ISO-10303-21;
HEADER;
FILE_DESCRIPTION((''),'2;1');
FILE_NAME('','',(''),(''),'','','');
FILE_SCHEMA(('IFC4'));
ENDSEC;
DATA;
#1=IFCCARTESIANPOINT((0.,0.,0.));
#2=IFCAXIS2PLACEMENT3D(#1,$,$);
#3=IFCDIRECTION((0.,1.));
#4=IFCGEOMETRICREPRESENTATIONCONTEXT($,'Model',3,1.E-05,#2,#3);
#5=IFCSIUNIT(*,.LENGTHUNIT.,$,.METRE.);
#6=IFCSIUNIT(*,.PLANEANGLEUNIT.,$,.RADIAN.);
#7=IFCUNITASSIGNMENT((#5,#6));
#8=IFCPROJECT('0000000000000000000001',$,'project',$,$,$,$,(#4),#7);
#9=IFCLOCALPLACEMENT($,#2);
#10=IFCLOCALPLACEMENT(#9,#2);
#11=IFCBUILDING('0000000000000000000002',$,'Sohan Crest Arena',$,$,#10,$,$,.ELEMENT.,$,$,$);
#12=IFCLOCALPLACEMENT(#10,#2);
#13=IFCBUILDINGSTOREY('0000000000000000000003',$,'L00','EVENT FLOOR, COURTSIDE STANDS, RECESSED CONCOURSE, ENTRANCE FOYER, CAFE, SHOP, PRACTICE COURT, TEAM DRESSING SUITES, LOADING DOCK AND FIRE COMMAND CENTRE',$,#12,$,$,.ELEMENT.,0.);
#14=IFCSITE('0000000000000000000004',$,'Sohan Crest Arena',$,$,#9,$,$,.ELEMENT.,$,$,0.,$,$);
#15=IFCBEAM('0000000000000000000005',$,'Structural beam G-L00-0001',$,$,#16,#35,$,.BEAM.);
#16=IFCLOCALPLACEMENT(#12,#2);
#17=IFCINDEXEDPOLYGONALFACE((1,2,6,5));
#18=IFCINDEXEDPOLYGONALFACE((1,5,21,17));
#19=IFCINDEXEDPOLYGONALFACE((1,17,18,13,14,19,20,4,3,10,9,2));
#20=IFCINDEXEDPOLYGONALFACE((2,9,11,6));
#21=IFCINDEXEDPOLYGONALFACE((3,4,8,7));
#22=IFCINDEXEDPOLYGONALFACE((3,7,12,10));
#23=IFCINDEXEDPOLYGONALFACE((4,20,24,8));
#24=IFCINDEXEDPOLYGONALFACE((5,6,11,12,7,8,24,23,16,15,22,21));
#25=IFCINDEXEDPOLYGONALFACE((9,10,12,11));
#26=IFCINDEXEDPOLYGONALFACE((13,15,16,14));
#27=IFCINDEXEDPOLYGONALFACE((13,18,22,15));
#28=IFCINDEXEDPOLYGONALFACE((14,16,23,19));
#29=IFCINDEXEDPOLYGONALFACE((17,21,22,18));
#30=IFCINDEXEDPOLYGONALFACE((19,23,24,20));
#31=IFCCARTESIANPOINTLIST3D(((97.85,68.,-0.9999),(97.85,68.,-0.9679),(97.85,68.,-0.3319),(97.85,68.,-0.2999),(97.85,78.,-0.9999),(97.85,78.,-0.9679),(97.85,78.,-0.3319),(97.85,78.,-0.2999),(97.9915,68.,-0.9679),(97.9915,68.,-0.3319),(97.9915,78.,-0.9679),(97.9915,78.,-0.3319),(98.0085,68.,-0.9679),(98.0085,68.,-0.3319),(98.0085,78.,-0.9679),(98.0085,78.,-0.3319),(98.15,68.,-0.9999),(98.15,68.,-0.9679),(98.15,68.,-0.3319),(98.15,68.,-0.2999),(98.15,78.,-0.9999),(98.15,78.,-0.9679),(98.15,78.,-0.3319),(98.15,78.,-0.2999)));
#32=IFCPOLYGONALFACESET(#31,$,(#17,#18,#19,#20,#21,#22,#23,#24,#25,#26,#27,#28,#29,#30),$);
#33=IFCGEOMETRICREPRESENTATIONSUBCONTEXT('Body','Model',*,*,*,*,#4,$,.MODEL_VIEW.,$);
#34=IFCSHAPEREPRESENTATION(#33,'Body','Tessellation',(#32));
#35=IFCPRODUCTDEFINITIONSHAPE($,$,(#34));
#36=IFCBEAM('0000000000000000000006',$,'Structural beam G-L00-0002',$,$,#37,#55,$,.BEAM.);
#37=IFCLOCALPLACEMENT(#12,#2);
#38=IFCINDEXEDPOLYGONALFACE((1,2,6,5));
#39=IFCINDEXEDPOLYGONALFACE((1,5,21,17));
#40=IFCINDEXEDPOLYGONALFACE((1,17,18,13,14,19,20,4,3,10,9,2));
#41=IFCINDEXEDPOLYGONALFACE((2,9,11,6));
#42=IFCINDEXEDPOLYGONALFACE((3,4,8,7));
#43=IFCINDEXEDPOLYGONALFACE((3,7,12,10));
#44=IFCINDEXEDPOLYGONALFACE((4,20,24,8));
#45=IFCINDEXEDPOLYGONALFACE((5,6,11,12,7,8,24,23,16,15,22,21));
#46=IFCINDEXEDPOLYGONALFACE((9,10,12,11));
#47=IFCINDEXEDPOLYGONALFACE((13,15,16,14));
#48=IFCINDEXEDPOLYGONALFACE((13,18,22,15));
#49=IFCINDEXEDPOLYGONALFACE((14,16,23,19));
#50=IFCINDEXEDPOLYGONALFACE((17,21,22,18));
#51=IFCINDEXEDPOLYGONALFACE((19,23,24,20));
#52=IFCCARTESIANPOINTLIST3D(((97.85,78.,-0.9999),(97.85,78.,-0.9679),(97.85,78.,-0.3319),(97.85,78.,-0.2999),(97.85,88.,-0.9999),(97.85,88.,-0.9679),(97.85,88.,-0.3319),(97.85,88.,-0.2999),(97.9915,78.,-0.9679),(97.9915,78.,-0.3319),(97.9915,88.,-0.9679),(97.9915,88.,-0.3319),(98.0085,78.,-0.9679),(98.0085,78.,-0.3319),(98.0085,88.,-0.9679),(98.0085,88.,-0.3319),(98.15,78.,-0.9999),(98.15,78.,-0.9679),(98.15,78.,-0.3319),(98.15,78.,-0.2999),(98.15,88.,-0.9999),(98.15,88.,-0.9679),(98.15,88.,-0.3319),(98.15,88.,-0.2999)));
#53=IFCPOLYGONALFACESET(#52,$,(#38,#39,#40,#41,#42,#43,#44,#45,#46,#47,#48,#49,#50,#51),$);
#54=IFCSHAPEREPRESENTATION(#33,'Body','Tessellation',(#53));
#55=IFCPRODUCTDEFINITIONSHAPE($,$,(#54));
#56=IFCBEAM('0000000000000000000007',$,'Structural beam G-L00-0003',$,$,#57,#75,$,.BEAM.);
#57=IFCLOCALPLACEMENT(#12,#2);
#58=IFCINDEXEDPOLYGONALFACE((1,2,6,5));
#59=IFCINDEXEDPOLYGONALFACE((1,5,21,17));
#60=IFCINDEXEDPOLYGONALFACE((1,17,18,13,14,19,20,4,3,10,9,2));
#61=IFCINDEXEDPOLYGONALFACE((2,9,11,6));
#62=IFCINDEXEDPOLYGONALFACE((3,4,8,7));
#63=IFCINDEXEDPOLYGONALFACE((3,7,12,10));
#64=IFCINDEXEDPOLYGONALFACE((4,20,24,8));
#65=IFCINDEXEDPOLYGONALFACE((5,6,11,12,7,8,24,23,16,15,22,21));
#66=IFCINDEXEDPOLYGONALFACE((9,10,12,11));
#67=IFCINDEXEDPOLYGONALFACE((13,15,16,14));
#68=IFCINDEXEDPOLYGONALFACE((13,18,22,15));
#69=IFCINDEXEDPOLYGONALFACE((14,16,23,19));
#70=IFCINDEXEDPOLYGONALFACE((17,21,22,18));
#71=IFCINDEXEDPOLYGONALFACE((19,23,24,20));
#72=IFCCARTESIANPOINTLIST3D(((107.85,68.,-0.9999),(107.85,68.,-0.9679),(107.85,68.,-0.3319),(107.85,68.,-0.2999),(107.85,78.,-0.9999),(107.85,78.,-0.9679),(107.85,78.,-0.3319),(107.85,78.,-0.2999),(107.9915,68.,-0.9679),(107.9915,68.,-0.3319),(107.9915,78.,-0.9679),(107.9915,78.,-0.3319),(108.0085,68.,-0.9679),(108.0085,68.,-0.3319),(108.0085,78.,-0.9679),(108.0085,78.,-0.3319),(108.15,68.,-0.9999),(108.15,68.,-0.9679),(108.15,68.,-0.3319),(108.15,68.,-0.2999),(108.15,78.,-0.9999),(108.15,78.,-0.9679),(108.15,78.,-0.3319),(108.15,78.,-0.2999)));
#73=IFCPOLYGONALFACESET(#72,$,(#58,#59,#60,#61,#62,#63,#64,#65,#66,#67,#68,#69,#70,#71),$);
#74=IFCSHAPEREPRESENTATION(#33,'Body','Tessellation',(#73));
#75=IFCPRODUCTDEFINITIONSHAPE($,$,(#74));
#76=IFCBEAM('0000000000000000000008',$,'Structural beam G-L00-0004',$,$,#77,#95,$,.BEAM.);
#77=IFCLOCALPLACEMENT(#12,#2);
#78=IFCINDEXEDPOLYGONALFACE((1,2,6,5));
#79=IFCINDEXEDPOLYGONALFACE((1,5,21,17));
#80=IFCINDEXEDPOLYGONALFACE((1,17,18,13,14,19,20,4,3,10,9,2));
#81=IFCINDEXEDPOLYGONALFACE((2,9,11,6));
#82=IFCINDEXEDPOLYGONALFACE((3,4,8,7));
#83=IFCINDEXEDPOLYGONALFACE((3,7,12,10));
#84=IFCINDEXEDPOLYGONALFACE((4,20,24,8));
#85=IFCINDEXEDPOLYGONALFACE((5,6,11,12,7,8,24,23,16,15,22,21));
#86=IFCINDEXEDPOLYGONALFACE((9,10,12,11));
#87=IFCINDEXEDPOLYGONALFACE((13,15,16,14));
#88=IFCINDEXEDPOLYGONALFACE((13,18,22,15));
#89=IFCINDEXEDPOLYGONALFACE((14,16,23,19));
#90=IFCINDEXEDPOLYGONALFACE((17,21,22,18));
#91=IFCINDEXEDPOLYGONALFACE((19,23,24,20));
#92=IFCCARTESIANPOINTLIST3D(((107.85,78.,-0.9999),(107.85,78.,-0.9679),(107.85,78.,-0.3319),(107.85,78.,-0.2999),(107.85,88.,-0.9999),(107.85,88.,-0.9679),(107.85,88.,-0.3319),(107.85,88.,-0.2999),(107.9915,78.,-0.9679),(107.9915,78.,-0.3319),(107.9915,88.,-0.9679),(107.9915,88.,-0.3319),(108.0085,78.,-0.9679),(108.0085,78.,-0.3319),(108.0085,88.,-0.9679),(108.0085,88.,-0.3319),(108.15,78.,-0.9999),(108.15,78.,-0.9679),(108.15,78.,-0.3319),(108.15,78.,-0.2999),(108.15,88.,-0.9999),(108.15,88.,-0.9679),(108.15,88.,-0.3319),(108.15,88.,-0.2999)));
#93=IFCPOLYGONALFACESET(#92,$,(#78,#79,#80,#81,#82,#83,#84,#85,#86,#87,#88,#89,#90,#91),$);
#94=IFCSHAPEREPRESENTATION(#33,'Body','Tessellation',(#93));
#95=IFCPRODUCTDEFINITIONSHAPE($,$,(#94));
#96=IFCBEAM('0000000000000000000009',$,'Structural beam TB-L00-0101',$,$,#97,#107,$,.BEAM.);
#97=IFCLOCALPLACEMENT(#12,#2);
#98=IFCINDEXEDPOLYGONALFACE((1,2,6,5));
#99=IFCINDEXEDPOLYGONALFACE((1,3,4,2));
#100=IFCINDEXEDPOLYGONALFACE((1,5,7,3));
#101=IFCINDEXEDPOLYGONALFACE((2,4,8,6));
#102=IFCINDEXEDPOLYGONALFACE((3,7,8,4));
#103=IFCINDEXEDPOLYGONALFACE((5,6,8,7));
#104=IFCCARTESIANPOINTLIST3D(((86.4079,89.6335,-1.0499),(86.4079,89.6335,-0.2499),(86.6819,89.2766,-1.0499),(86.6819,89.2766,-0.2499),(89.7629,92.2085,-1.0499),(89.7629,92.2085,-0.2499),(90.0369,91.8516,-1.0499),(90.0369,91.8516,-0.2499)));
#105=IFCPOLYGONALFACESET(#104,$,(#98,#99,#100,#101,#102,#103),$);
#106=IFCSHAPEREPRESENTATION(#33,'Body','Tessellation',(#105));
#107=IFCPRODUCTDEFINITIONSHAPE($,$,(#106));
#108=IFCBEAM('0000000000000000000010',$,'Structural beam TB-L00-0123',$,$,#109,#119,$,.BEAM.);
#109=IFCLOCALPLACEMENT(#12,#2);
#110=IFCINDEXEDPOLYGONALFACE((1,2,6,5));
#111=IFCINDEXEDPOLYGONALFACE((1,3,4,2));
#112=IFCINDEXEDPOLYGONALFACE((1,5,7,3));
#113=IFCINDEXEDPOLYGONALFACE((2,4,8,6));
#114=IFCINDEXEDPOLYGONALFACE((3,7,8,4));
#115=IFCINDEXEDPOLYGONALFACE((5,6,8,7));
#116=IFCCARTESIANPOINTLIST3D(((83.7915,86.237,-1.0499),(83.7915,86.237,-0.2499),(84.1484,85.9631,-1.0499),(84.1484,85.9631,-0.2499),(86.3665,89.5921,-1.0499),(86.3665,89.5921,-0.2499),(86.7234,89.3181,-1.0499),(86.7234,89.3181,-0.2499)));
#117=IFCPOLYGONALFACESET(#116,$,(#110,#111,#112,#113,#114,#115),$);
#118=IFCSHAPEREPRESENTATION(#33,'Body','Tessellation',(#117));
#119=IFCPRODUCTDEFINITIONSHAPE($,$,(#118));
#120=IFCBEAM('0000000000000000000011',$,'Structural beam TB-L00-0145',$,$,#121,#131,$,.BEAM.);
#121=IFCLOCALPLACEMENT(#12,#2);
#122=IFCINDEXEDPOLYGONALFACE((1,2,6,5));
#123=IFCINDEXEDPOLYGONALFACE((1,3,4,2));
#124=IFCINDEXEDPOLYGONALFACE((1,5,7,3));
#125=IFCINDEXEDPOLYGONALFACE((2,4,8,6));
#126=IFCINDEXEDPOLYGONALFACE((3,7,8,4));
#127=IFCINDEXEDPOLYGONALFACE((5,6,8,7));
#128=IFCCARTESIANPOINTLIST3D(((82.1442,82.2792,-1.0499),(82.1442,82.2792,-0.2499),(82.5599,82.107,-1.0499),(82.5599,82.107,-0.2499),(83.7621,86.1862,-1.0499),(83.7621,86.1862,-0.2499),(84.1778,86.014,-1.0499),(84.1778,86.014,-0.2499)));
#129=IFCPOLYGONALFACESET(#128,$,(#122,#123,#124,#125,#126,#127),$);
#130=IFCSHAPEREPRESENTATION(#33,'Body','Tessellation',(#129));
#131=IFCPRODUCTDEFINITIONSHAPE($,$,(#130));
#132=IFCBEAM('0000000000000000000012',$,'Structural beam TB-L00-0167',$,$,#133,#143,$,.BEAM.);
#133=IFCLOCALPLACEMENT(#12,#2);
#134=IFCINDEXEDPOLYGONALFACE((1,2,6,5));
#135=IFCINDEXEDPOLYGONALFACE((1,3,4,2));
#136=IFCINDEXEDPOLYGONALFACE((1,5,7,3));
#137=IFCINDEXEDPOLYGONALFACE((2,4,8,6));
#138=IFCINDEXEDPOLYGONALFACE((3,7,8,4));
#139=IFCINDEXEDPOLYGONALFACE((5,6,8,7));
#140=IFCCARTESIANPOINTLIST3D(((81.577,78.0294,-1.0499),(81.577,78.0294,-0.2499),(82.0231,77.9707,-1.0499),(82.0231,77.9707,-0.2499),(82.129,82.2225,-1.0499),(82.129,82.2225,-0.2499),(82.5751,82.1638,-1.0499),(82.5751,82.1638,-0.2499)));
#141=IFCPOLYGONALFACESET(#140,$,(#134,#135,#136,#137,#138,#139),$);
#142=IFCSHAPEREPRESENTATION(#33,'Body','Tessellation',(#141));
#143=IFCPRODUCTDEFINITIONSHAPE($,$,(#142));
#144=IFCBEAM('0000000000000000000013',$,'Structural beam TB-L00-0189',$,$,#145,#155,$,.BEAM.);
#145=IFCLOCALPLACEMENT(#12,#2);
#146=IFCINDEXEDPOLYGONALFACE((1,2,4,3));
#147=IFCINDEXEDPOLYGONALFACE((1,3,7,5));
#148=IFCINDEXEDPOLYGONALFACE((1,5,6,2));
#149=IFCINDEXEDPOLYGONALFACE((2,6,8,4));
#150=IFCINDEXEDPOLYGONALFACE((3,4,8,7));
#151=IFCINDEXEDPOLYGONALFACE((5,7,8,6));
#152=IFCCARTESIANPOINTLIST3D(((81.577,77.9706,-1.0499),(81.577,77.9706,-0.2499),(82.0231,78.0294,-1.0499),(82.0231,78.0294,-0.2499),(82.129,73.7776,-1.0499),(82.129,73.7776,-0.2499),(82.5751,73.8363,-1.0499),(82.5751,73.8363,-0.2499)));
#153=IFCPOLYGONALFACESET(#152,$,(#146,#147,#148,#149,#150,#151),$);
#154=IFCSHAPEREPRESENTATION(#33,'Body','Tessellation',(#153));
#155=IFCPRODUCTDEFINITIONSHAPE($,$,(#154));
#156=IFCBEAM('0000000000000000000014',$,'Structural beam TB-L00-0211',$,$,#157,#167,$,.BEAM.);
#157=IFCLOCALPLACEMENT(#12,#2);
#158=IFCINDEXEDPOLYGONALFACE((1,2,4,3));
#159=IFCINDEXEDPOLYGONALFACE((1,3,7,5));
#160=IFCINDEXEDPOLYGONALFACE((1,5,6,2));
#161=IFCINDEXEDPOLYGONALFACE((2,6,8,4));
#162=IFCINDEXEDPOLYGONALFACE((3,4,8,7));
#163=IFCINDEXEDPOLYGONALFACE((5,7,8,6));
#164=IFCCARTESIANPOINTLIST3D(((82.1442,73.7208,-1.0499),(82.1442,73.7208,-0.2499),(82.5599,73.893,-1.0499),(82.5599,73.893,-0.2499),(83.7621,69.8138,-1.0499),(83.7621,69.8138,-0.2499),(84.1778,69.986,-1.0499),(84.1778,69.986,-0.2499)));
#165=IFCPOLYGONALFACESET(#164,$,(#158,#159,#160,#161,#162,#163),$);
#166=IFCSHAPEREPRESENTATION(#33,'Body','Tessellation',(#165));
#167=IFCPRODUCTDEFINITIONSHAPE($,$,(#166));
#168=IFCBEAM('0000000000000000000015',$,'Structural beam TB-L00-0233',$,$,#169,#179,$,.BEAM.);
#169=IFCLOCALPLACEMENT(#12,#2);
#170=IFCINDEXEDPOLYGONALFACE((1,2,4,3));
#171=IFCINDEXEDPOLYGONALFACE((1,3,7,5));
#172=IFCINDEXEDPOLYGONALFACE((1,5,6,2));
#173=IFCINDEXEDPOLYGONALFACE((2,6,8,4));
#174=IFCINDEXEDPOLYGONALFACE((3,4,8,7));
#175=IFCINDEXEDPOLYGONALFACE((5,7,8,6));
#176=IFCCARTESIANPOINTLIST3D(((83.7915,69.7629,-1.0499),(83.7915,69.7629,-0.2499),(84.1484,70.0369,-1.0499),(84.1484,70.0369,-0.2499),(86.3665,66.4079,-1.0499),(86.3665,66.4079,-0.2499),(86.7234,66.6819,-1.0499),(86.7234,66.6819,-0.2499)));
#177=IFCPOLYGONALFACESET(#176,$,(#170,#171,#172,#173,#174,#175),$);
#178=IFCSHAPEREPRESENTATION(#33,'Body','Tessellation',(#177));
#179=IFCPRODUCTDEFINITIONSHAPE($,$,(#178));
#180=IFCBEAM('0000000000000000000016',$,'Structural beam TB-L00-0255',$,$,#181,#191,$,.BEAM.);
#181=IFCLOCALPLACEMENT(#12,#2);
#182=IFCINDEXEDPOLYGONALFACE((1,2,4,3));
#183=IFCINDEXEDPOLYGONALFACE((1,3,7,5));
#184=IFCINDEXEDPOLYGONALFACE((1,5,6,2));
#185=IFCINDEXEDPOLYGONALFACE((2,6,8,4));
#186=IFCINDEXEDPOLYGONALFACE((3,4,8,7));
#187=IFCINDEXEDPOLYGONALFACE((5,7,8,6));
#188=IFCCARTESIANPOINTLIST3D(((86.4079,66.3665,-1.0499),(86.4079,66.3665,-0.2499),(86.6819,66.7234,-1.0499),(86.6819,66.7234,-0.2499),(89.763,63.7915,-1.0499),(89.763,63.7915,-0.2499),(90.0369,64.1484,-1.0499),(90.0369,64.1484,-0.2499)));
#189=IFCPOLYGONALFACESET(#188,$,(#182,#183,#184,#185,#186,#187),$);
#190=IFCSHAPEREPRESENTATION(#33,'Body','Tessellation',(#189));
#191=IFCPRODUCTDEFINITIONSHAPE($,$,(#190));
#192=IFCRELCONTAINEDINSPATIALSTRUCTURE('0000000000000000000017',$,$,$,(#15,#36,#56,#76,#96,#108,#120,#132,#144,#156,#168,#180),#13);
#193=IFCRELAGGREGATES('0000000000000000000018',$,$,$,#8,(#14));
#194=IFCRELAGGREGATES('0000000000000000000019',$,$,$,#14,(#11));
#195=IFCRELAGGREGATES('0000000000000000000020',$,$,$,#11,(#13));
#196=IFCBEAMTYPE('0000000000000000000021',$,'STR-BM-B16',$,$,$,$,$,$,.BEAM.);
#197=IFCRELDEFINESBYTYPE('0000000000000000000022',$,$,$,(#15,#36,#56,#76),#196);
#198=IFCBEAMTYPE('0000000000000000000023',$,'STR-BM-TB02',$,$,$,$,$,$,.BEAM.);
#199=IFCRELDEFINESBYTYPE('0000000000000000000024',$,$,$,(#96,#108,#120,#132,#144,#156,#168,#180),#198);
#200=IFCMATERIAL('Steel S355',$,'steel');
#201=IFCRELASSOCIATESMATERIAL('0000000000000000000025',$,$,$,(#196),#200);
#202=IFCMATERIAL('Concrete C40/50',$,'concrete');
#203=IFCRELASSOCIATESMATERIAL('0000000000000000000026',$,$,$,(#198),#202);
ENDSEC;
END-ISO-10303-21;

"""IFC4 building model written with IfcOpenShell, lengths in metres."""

from ifc_helpers import new_model, si_unit, direction, frame, origin, origin_2d, place, context, subcontext, project, spatial, rectangle, i_section, extrude, material, material_profile, profile_set, type_object, element, save


model = new_model("IFC4")

# Units and contexts
model_context = context("Model", 3, precision=1e-05, world=origin(), true_north=direction((0.0, 1.0)))
body_context = subcontext(model_context, "Body", "Model", "MODEL_VIEW")
ifc_project = project(units=[si_unit("LENGTHUNIT", "METRE"), si_unit("PLANEANGLEUNIT", "RADIAN")], contexts=[model_context])

# Site, building, storey
site_placement = place(None, origin())
site = spatial("IfcSite", under=ifc_project, at=site_placement, Name="Sohan Crest Arena", CompositionType="ELEMENT", RefElevation=0.0)
building_placement = place(site_placement, origin())
building = spatial("IfcBuilding", under=site, at=building_placement, Name="Sohan Crest Arena", CompositionType="ELEMENT")
storey_placement = place(building_placement, origin())
storey = spatial("IfcBuildingStorey", under=building, at=storey_placement, Name="L00", Description="EVENT FLOOR, COURTSIDE STANDS, RECESSED CONCOURSE, ENTRANCE FOYER, CAFE, SHOP, PRACTICE COURT, TEAM DRESSING SUITES, LOADING DOCK AND FIRE COMMAND CENTRE", CompositionType="ELEMENT", Elevation=0.0)

# Beams
ifc_material_1 = material(Name="Steel S355", Category="steel")
ifc_material_profile_1 = material_profile(ifc_material_1, i_section(OverallWidth=0.3, OverallDepth=0.7, WebThickness=0.0171, FlangeThickness=0.032, at=origin_2d()), Name="HEB 700")
ifc_profile_set_1 = profile_set([ifc_material_profile_1], Name="Steel S355")
beam_type_1 = type_object("IfcBeamType", Name="STR-BM-B16", PredefinedType="BEAM", material=ifc_profile_set_1)
for number, where, z_axis, x_axis, name in (
    (1, (98.0, 68.0, -0.6499), (0.0, 1.0, 0.0), (-1.0, 0.0, 0.0), "Structural beam G-L00-0001"),
    (2, (98.0, 78.0, -0.6499), (0.0, 1.0, 0.0), (-1.0, 0.0, 0.0), "Structural beam G-L00-0002"),
    (3, (108.0, 68.0, -0.6499), (0.0, 1.0, 0.0), (-1.0, 0.0, 0.0), "Structural beam G-L00-0003"),
    (4, (108.0, 78.0, -0.6499), (0.0, 1.0, 0.0), (-1.0, 0.0, 0.0), "Structural beam G-L00-0004"),
):
    element("IfcBeam", number, at=place(storey_placement, frame(where, z_axis=z_axis, x_axis=x_axis)), inside=storey, type_object=beam_type_1, Name=name, PredefinedType="BEAM", context=body_context, shape_type="SweptSolid", body=[
        extrude(i_section(OverallWidth=0.3, OverallDepth=0.7, WebThickness=0.0171, FlangeThickness=0.032, at=origin_2d()), origin(), (0.0, 0.0, 1.0), 10.0),
    ])
ifc_material_2 = material(Name="Concrete C40/50", Category="concrete")
ifc_material_profile_2 = material_profile(ifc_material_2, rectangle(XDim=0.45, YDim=0.8, at=origin_2d()), Name="RC-BM 450x800")
ifc_profile_set_2 = profile_set([ifc_material_profile_2], Name="Concrete C40/50")
beam_type_2 = type_object("IfcBeamType", Name="STR-BM-TB02", PredefinedType="BEAM", material=ifc_profile_set_2)
for number, where, z_axis, x_axis, name in (
    (5, (89.8999, 92.03, -0.6499), (-0.793287, -0.608848, 0.0), (0.608848, -0.793287, 0.0), "Structural beam TB-L00-0101"),
    (6, (86.5449, 89.4551, -0.6499), (-0.608848, -0.793287, 0.0), (0.793287, -0.608848, 0.0), "Structural beam TB-L00-0123"),
):
    element("IfcBeam", number, at=place(storey_placement, frame(where, z_axis=z_axis, x_axis=x_axis)), inside=storey, type_object=beam_type_2, Name=name, PredefinedType="BEAM", context=body_context, shape_type="SweptSolid", body=[
        extrude(rectangle(XDim=0.45, YDim=0.8, at=origin_2d()), origin(), (0.0, 0.0, 1.0), 4.2292),
    ])
beam_1_placement = place(storey_placement, frame((83.97, 86.1001, -0.6499), z_axis=(-0.382602, -0.923913, 0.0), x_axis=(0.923913, -0.382602, 0.0)))
element("IfcBeam", 7, at=beam_1_placement, inside=storey, type_object=beam_type_2, Name="Structural beam TB-L00-0145", PredefinedType="BEAM", context=body_context, shape_type="SweptSolid", body=[
    extrude(rectangle(XDim=0.45, YDim=0.8, at=origin_2d()), origin(), (0.0, 0.0, 1.0), 4.2288),
])
for number, where, z_axis, x_axis, name in (
    (8, (82.3521, 82.1931, -0.6499), (-0.130519, -0.991446, 0.0), (0.991446, -0.130519, 0.0), "Structural beam TB-L00-0167"),
    (9, (81.8, 78.0, -0.6499), (0.130519, -0.991446, 0.0), (0.991446, 0.130519, 0.0), "Structural beam TB-L00-0189"),
):
    element("IfcBeam", number, at=place(storey_placement, frame(where, z_axis=z_axis, x_axis=x_axis)), inside=storey, type_object=beam_type_2, Name=name, PredefinedType="BEAM", context=body_context, shape_type="SweptSolid", body=[
        extrude(rectangle(XDim=0.45, YDim=0.8, at=origin_2d()), origin(), (0.0, 0.0, 1.0), 4.2292),
    ])
beam_2_placement = place(storey_placement, frame((82.3521, 73.8069, -0.6499), z_axis=(0.382602, -0.923913, 0.0), x_axis=(0.923913, 0.382602, 0.0)))
element("IfcBeam", 10, at=beam_2_placement, inside=storey, type_object=beam_type_2, Name="Structural beam TB-L00-0211", PredefinedType="BEAM", context=body_context, shape_type="SweptSolid", body=[
    extrude(rectangle(XDim=0.45, YDim=0.8, at=origin_2d()), origin(), (0.0, 0.0, 1.0), 4.2288),
])
for number, where, z_axis, x_axis, name in (
    (11, (83.97, 69.8999, -0.6499), (0.608848, -0.793287, 0.0), (0.793287, 0.608848, 0.0), "Structural beam TB-L00-0233"),
    (12, (86.5449, 66.5449, -0.6499), (0.793287, -0.608848, 0.0), (0.608848, 0.793287, 0.0), "Structural beam TB-L00-0255"),
):
    element("IfcBeam", number, at=place(storey_placement, frame(where, z_axis=z_axis, x_axis=x_axis)), inside=storey, type_object=beam_type_2, Name=name, PredefinedType="BEAM", context=body_context, shape_type="SweptSolid", body=[
        extrude(rectangle(XDim=0.45, YDim=0.8, at=origin_2d()), origin(), (0.0, 0.0, 1.0), 4.2292),
    ])

save(model, "model.ifc")
